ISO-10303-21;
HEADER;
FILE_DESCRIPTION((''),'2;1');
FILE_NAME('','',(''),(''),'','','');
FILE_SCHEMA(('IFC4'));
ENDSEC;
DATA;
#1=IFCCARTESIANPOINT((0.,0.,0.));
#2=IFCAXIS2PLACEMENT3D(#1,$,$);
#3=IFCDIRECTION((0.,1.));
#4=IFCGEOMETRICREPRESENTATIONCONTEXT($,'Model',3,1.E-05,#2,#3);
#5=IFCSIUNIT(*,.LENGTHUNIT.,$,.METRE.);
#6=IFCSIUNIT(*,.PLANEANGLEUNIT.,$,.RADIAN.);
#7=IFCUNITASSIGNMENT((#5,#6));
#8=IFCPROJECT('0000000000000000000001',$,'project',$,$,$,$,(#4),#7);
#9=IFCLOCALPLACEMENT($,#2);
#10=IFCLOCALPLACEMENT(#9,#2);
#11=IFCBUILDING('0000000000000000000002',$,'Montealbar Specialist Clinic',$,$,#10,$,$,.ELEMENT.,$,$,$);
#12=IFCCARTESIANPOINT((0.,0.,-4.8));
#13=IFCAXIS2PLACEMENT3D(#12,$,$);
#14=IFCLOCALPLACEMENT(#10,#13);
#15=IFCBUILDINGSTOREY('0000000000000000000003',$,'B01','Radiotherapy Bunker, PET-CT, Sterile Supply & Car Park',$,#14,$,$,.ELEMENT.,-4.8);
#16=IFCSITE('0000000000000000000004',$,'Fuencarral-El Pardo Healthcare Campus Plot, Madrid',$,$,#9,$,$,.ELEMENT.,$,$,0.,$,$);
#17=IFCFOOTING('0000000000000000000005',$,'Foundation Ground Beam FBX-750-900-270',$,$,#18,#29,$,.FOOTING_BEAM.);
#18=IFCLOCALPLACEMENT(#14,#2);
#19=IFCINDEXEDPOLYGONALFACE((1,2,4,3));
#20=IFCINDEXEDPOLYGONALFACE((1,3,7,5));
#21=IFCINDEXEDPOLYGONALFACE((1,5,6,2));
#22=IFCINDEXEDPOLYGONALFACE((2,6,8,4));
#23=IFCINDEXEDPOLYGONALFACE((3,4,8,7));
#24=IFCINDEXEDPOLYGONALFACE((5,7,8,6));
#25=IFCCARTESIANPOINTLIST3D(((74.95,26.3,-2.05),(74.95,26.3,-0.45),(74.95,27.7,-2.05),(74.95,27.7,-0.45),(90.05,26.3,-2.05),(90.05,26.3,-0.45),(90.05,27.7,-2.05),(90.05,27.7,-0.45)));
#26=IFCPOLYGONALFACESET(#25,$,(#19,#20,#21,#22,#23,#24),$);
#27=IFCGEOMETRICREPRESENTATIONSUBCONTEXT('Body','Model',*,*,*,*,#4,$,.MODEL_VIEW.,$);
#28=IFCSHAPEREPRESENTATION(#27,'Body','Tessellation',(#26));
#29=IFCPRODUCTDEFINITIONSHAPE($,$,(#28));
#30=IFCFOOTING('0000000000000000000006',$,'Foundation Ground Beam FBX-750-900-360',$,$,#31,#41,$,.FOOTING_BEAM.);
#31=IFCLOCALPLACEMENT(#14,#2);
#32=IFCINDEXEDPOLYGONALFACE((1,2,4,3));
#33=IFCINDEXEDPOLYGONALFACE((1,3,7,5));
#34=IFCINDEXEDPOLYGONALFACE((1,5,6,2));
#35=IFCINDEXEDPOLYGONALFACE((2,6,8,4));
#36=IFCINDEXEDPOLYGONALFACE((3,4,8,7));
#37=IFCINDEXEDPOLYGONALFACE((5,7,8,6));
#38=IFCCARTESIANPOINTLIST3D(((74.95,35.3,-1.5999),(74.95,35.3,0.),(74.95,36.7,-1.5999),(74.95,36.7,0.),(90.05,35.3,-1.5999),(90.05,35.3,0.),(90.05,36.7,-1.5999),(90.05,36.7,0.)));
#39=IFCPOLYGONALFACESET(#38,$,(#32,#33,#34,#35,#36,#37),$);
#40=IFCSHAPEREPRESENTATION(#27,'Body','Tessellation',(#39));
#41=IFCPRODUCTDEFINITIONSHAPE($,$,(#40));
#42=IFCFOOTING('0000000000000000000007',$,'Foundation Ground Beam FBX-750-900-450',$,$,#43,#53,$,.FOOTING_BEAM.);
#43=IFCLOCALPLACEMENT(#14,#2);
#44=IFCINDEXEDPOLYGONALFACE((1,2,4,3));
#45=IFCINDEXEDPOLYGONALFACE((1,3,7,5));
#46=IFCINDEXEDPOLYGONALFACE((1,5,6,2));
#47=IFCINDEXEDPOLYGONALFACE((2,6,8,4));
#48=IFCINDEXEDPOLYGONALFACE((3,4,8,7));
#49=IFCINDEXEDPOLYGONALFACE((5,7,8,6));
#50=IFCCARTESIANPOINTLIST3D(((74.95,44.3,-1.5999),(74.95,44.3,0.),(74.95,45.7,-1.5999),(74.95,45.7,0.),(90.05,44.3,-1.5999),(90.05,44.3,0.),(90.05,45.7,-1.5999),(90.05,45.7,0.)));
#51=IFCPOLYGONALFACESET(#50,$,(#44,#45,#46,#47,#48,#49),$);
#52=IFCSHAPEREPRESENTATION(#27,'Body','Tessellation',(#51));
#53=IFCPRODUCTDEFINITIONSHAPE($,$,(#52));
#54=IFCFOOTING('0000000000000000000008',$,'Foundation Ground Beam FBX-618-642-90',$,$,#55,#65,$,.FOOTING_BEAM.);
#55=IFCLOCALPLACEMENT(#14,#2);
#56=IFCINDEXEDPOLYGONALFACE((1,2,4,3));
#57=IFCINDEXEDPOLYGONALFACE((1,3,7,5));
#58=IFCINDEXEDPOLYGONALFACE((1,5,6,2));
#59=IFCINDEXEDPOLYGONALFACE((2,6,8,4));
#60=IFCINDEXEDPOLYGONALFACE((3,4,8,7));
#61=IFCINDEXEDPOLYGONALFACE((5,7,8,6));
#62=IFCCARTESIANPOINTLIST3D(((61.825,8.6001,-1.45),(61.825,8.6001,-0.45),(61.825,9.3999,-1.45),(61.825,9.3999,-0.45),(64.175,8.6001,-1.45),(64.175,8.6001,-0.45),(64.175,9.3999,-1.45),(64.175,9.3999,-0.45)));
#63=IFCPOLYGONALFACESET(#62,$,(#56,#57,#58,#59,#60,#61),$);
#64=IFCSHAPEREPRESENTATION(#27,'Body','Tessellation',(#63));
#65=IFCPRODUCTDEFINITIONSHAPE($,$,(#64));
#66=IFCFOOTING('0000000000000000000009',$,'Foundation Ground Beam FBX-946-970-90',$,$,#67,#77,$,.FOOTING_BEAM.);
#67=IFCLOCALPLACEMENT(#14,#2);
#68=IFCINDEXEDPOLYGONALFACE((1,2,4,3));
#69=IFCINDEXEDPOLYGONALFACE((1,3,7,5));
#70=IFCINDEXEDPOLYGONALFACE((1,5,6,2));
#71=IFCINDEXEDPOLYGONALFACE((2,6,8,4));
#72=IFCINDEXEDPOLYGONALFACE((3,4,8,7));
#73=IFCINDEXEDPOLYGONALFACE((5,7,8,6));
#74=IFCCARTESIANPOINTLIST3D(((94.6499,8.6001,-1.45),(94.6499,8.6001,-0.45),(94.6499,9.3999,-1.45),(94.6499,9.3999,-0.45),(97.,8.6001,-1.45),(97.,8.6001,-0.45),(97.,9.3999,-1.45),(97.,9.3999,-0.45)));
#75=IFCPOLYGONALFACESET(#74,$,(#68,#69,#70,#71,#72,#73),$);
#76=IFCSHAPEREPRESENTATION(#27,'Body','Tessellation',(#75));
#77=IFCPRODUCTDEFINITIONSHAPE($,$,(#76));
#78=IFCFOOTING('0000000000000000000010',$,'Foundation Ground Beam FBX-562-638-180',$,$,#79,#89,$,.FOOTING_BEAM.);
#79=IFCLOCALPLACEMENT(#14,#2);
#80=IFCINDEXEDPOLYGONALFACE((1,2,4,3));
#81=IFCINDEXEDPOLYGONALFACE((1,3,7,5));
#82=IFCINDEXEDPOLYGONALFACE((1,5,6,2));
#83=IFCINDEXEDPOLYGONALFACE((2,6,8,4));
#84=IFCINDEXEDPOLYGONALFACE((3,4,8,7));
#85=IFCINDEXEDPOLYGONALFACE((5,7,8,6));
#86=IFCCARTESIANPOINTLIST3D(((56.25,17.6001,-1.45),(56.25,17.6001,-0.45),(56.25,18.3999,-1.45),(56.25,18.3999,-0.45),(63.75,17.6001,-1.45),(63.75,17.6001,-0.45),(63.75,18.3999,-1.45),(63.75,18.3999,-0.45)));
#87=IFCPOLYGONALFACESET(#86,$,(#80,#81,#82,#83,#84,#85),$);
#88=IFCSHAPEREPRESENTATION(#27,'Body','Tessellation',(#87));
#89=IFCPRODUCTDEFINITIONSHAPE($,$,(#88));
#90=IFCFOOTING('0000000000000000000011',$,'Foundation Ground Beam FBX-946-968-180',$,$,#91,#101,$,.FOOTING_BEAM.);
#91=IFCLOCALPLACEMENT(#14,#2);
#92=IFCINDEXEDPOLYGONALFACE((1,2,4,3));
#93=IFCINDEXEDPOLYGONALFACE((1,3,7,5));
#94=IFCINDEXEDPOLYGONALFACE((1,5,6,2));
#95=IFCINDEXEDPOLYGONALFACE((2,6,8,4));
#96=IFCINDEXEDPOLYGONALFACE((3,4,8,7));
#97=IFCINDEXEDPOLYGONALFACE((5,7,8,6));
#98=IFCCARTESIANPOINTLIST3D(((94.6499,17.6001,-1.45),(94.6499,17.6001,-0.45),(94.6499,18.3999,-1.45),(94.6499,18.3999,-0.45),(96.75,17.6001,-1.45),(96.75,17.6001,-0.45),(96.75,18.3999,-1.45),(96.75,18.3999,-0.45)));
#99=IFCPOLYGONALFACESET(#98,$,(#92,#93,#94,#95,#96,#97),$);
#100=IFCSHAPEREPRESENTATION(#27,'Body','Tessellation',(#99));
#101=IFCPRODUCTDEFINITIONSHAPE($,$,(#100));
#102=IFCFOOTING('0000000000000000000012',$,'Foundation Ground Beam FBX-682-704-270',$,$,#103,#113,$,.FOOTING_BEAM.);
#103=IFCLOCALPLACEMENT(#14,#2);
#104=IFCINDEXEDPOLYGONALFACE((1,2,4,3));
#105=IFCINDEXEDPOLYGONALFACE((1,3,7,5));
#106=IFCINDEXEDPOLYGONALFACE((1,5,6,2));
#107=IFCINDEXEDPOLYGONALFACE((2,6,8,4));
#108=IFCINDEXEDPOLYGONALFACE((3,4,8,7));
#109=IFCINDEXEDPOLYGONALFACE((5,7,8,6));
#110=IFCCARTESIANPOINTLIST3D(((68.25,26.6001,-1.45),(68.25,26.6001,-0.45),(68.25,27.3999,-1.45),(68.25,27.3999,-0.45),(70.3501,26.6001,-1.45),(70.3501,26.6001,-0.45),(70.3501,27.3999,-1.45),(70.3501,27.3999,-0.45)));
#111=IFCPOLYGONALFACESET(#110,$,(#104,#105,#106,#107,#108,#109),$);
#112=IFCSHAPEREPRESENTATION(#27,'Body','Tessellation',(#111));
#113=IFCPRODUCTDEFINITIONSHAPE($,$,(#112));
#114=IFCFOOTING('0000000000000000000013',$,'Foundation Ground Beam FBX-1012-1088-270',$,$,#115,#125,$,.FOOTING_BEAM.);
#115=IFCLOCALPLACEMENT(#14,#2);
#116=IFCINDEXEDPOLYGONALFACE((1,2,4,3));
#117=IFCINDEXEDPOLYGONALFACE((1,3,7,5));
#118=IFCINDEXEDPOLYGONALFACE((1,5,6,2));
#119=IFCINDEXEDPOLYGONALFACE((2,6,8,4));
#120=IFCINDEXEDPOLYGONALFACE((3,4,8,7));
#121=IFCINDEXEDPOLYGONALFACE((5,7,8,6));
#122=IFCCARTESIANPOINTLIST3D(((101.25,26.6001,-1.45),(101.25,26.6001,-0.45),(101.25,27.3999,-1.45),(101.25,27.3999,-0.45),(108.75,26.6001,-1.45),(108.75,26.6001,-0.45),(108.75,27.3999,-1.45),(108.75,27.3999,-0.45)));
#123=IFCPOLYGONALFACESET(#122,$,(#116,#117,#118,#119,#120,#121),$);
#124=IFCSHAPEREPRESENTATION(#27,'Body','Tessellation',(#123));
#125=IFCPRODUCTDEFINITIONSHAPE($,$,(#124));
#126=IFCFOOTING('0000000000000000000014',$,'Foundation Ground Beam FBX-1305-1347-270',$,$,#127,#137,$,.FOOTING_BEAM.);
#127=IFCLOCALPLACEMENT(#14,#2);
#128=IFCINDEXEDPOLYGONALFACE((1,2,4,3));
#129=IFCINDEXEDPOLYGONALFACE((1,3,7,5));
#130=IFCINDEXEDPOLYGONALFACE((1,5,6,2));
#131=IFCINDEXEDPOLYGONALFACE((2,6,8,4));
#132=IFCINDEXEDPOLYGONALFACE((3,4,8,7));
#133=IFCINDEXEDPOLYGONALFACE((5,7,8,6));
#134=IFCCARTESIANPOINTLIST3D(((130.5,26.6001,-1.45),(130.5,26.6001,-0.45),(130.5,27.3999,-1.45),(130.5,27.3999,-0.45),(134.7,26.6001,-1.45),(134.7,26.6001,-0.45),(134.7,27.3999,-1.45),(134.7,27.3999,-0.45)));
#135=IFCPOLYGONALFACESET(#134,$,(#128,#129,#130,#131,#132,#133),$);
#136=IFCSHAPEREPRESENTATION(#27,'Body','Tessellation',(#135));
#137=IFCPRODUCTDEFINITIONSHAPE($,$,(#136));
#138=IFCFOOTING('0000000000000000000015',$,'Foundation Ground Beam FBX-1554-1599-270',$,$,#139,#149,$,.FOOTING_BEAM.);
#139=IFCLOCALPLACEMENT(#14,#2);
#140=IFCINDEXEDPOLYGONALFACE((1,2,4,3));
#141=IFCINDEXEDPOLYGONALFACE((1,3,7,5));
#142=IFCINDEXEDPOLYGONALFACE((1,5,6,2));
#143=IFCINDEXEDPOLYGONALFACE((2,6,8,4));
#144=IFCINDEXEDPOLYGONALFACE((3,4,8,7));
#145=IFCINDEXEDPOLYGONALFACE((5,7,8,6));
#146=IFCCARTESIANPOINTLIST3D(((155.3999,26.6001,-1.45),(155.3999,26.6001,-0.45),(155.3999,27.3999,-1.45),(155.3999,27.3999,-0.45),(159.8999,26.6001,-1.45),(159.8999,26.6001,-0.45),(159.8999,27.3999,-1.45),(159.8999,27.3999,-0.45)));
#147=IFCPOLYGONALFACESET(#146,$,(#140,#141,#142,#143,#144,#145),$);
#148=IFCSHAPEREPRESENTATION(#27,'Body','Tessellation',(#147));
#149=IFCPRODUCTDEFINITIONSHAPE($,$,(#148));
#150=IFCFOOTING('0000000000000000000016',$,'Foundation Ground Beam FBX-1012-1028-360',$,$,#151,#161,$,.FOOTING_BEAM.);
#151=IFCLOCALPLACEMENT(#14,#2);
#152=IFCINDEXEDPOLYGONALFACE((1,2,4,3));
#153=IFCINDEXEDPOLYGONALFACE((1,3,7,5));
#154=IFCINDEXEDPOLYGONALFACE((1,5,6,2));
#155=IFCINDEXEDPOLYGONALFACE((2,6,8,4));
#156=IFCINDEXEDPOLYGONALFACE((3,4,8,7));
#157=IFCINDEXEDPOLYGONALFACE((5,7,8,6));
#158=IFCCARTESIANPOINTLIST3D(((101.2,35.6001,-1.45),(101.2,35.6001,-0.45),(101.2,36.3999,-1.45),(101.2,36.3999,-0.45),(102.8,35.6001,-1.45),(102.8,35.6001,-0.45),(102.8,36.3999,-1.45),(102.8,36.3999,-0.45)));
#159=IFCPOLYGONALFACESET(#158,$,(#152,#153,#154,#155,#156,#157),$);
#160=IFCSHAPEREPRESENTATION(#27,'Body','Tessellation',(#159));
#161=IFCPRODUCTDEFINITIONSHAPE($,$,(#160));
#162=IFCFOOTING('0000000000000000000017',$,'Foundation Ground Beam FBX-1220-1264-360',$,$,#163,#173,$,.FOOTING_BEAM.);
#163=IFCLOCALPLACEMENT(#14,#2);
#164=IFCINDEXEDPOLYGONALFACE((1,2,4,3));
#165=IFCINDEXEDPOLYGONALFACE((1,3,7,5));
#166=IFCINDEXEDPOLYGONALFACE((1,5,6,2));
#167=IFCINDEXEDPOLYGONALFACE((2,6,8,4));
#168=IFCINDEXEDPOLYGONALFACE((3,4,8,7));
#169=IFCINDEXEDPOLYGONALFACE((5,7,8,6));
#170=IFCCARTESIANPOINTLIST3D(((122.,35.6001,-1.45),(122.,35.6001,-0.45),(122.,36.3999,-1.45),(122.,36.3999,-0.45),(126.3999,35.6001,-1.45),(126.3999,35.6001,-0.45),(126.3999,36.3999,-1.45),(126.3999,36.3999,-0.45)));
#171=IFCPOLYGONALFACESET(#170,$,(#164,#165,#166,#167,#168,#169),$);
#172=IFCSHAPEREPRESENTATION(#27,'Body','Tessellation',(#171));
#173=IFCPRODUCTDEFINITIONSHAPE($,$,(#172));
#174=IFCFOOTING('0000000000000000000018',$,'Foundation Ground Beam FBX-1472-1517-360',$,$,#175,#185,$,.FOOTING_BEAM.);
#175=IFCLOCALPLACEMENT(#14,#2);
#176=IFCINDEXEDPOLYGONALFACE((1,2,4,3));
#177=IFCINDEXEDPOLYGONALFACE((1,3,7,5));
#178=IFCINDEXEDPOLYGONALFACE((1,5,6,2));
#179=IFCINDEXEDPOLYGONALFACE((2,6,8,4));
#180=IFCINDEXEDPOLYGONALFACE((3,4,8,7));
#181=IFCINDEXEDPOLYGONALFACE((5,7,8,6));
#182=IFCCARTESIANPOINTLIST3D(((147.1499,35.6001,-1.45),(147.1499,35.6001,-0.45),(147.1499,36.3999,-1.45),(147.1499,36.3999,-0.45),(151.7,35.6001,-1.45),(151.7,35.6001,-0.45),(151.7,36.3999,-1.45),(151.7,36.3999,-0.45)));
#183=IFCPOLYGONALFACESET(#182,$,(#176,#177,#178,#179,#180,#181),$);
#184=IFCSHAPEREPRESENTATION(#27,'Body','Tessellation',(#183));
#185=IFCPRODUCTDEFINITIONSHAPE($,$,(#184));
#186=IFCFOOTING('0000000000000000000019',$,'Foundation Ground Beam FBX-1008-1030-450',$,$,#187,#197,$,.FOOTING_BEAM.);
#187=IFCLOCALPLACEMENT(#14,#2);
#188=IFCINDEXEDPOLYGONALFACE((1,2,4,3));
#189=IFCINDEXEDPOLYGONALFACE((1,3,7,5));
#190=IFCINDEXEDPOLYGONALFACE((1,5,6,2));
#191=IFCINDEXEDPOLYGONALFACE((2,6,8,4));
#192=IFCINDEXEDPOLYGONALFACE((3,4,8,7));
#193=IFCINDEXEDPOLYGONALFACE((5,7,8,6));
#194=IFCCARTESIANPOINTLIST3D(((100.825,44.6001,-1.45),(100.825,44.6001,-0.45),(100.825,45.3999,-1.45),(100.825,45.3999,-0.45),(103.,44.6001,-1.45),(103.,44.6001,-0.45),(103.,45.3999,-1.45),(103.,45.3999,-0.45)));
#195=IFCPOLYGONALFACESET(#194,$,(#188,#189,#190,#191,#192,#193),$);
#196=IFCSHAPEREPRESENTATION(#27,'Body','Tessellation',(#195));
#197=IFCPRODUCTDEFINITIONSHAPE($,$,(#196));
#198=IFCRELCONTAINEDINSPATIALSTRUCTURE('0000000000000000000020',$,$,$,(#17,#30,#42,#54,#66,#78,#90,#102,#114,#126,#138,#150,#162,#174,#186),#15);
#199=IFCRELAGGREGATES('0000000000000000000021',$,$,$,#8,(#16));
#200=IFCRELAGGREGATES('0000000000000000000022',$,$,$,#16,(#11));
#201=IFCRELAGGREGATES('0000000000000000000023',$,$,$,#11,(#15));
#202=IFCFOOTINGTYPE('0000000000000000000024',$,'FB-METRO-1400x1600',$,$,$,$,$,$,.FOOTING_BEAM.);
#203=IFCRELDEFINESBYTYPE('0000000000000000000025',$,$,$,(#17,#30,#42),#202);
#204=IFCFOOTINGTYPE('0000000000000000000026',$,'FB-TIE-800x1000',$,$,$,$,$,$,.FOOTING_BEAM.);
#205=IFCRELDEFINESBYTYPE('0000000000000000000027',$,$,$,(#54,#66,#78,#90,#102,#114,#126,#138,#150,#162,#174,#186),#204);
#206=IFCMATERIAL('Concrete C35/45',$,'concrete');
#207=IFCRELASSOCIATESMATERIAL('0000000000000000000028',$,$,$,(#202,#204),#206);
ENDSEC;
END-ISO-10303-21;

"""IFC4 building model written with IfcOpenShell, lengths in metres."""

from ifc_helpers import new_model, si_unit, direction, frame, origin, place, context, subcontext, project, spatial, polyline, outline, extrude, material, type_object, element, save


model = new_model("IFC4")

# Units and contexts
model_context = context("Model", 3, precision=1e-05, world=origin(), true_north=direction((0.0, 1.0)))
body_context = subcontext(model_context, "Body", "Model", "MODEL_VIEW")
ifc_project = project(units=[si_unit("LENGTHUNIT", "METRE"), si_unit("PLANEANGLEUNIT", "RADIAN")], contexts=[model_context])

# Site, building, storey
site_placement = place(None, origin())
site = spatial("IfcSite", under=ifc_project, at=site_placement, Name="Fuencarral-El Pardo Healthcare Campus Plot, Madrid", CompositionType="ELEMENT", RefElevation=0.0)
building_placement = place(site_placement, origin())
building = spatial("IfcBuilding", under=site, at=building_placement, Name="Montealbar Specialist Clinic", CompositionType="ELEMENT")
storey_placement = place(building_placement, frame((0.0, 0.0, -4.8)))
storey = spatial("IfcBuildingStorey", under=building, at=storey_placement, Name="B01", Description="Radiotherapy Bunker, PET-CT, Sterile Supply & Car Park", CompositionType="ELEMENT", Elevation=-4.8)

# Footings
ifc_material = material(Name="Concrete C35/45", Category="concrete")
footing_type_1 = type_object("IfcFootingType", Name="FB-METRO-1400x1600", PredefinedType="FOOTING_BEAM", material=ifc_material)
footing_1_placement = place(storey_placement, frame((0.0, 0.0, -2.05)))
element("IfcFooting", 1, at=footing_1_placement, inside=storey, type_object=footing_type_1, Name="Foundation Ground Beam FBX-750-900-270", PredefinedType="FOOTING_BEAM", context=body_context, shape_type="SweptSolid", body=[
    extrude(outline(polyline([(74.95, 26.3), (90.05, 26.3), (90.05, 27.7), (74.95, 27.7), (74.95, 26.3)])), origin(), (0.0, 0.0, 1.0), 1.6001),
])
footing_2_placement = place(storey_placement, frame((0.0, 0.0, -1.5999)))
element("IfcFooting", 2, at=footing_2_placement, inside=storey, type_object=footing_type_1, Name="Foundation Ground Beam FBX-750-900-360", PredefinedType="FOOTING_BEAM", context=body_context, shape_type="SweptSolid", body=[
    extrude(outline(polyline([(74.95, 35.3), (90.05, 35.3), (90.05, 36.7), (74.95, 36.7), (74.95, 35.3)])), origin(), (0.0, 0.0, 1.0), 1.5999),
])
footing_3_placement = place(storey_placement, frame((0.0, 0.0, -1.5999)))
element("IfcFooting", 3, at=footing_3_placement, inside=storey, type_object=footing_type_1, Name="Foundation Ground Beam FBX-750-900-450", PredefinedType="FOOTING_BEAM", context=body_context, shape_type="SweptSolid", body=[
    extrude(outline(polyline([(74.95, 44.3), (90.05, 44.3), (90.05, 45.7), (74.95, 45.7), (74.95, 44.3)])), origin(), (0.0, 0.0, 1.0), 1.5999),
])
footing_type_2 = type_object("IfcFootingType", Name="FB-TIE-800x1000", PredefinedType="FOOTING_BEAM", material=ifc_material)
footing_4_placement = place(storey_placement, frame((0.0, 0.0, -1.45)))
element("IfcFooting", 4, at=footing_4_placement, inside=storey, type_object=footing_type_2, Name="Foundation Ground Beam FBX-618-642-90", PredefinedType="FOOTING_BEAM", context=body_context, shape_type="SweptSolid", body=[
    extrude(outline(polyline([(61.825, 8.6001), (64.175, 8.6001), (64.175, 9.3999), (61.825, 9.3999), (61.825, 8.6001)])), origin(), (0.0, 0.0, 1.0), 1.0),
])
footing_5_placement = place(storey_placement, frame((0.0, 0.0, -1.45)))
element("IfcFooting", 5, at=footing_5_placement, inside=storey, type_object=footing_type_2, Name="Foundation Ground Beam FBX-946-970-90", PredefinedType="FOOTING_BEAM", context=body_context, shape_type="SweptSolid", body=[
    extrude(outline(polyline([(94.6499, 8.6001), (97.0, 8.6001), (97.0, 9.3999), (94.6499, 9.3999), (94.6499, 8.6001)])), origin(), (0.0, 0.0, 1.0), 1.0),
])
footing_6_placement = place(storey_placement, frame((0.0, 0.0, -1.45)))
element("IfcFooting", 6, at=footing_6_placement, inside=storey, type_object=footing_type_2, Name="Foundation Ground Beam FBX-562-638-180", PredefinedType="FOOTING_BEAM", context=body_context, shape_type="SweptSolid", body=[
    extrude(outline(polyline([(56.25, 17.6001), (63.75, 17.6001), (63.75, 18.3999), (56.25, 18.3999), (56.25, 17.6001)])), origin(), (0.0, 0.0, 1.0), 1.0),
])
footing_7_placement = place(storey_placement, frame((0.0, 0.0, -1.45)))
element("IfcFooting", 7, at=footing_7_placement, inside=storey, type_object=footing_type_2, Name="Foundation Ground Beam FBX-946-968-180", PredefinedType="FOOTING_BEAM", context=body_context, shape_type="SweptSolid", body=[
    extrude(outline(polyline([(94.6499, 17.6001), (96.75, 17.6001), (96.75, 18.3999), (94.6499, 18.3999), (94.6499, 17.6001)])), origin(), (0.0, 0.0, 1.0), 1.0),
])
footing_8_placement = place(storey_placement, frame((0.0, 0.0, -1.45)))
element("IfcFooting", 8, at=footing_8_placement, inside=storey, type_object=footing_type_2, Name="Foundation Ground Beam FBX-682-704-270", PredefinedType="FOOTING_BEAM", context=body_context, shape_type="SweptSolid", body=[
    extrude(outline(polyline([(68.25, 26.6001), (70.3501, 26.6001), (70.3501, 27.3999), (68.25, 27.3999), (68.25, 26.6001)])), origin(), (0.0, 0.0, 1.0), 1.0),
])
footing_9_placement = place(storey_placement, frame((0.0, 0.0, -1.45)))
element("IfcFooting", 9, at=footing_9_placement, inside=storey, type_object=footing_type_2, Name="Foundation Ground Beam FBX-1012-1088-270", PredefinedType="FOOTING_BEAM", context=body_context, shape_type="SweptSolid", body=[
    extrude(outline(polyline([(101.25, 26.6001), (108.75, 26.6001), (108.75, 27.3999), (101.25, 27.3999), (101.25, 26.6001)])), origin(), (0.0, 0.0, 1.0), 1.0),
])
footing_10_placement = place(storey_placement, frame((0.0, 0.0, -1.45)))
element("IfcFooting", 10, at=footing_10_placement, inside=storey, type_object=footing_type_2, Name="Foundation Ground Beam FBX-1305-1347-270", PredefinedType="FOOTING_BEAM", context=body_context, shape_type="SweptSolid", body=[
    extrude(outline(polyline([(130.5, 26.6001), (134.7, 26.6001), (134.7, 27.3999), (130.5, 27.3999), (130.5, 26.6001)])), origin(), (0.0, 0.0, 1.0), 1.0),
])
footing_11_placement = place(storey_placement, frame((0.0, 0.0, -1.45)))
element("IfcFooting", 11, at=footing_11_placement, inside=storey, type_object=footing_type_2, Name="Foundation Ground Beam FBX-1554-1599-270", PredefinedType="FOOTING_BEAM", context=body_context, shape_type="SweptSolid", body=[
    extrude(outline(polyline([(155.3999, 26.6001), (159.8999, 26.6001), (159.8999, 27.3999), (155.3999, 27.3999), (155.3999, 26.6001)])), origin(), (0.0, 0.0, 1.0), 1.0),
])
footing_12_placement = place(storey_placement, frame((0.0, 0.0, -1.45)))
element("IfcFooting", 12, at=footing_12_placement, inside=storey, type_object=footing_type_2, Name="Foundation Ground Beam FBX-1012-1028-360", PredefinedType="FOOTING_BEAM", context=body_context, shape_type="SweptSolid", body=[
    extrude(outline(polyline([(101.2, 35.6001), (102.8, 35.6001), (102.8, 36.3999), (101.2, 36.3999), (101.2, 35.6001)])), origin(), (0.0, 0.0, 1.0), 1.0),
])
footing_13_placement = place(storey_placement, frame((0.0, 0.0, -1.45)))
element("IfcFooting", 13, at=footing_13_placement, inside=storey, type_object=footing_type_2, Name="Foundation Ground Beam FBX-1220-1264-360", PredefinedType="FOOTING_BEAM", context=body_context, shape_type="SweptSolid", body=[
    extrude(outline(polyline([(122.0, 35.6001), (126.3999, 35.6001), (126.3999, 36.3999), (122.0, 36.3999), (122.0, 35.6001)])), origin(), (0.0, 0.0, 1.0), 1.0),
])
footing_14_placement = place(storey_placement, frame((0.0, 0.0, -1.45)))
element("IfcFooting", 14, at=footing_14_placement, inside=storey, type_object=footing_type_2, Name="Foundation Ground Beam FBX-1472-1517-360", PredefinedType="FOOTING_BEAM", context=body_context, shape_type="SweptSolid", body=[
    extrude(outline(polyline([(147.1499, 35.6001), (151.7, 35.6001), (151.7, 36.3999), (147.1499, 36.3999), (147.1499, 35.6001)])), origin(), (0.0, 0.0, 1.0), 1.0),
])
footing_15_placement = place(storey_placement, frame((0.0, 0.0, -1.45)))
element("IfcFooting", 15, at=footing_15_placement, inside=storey, type_object=footing_type_2, Name="Foundation Ground Beam FBX-1008-1030-450", PredefinedType="FOOTING_BEAM", context=body_context, shape_type="SweptSolid", body=[
    extrude(outline(polyline([(100.825, 44.6001), (103.0, 44.6001), (103.0, 45.3999), (100.825, 45.3999), (100.825, 44.6001)])), origin(), (0.0, 0.0, 1.0), 1.0),
])

save(model, "model.ifc")
